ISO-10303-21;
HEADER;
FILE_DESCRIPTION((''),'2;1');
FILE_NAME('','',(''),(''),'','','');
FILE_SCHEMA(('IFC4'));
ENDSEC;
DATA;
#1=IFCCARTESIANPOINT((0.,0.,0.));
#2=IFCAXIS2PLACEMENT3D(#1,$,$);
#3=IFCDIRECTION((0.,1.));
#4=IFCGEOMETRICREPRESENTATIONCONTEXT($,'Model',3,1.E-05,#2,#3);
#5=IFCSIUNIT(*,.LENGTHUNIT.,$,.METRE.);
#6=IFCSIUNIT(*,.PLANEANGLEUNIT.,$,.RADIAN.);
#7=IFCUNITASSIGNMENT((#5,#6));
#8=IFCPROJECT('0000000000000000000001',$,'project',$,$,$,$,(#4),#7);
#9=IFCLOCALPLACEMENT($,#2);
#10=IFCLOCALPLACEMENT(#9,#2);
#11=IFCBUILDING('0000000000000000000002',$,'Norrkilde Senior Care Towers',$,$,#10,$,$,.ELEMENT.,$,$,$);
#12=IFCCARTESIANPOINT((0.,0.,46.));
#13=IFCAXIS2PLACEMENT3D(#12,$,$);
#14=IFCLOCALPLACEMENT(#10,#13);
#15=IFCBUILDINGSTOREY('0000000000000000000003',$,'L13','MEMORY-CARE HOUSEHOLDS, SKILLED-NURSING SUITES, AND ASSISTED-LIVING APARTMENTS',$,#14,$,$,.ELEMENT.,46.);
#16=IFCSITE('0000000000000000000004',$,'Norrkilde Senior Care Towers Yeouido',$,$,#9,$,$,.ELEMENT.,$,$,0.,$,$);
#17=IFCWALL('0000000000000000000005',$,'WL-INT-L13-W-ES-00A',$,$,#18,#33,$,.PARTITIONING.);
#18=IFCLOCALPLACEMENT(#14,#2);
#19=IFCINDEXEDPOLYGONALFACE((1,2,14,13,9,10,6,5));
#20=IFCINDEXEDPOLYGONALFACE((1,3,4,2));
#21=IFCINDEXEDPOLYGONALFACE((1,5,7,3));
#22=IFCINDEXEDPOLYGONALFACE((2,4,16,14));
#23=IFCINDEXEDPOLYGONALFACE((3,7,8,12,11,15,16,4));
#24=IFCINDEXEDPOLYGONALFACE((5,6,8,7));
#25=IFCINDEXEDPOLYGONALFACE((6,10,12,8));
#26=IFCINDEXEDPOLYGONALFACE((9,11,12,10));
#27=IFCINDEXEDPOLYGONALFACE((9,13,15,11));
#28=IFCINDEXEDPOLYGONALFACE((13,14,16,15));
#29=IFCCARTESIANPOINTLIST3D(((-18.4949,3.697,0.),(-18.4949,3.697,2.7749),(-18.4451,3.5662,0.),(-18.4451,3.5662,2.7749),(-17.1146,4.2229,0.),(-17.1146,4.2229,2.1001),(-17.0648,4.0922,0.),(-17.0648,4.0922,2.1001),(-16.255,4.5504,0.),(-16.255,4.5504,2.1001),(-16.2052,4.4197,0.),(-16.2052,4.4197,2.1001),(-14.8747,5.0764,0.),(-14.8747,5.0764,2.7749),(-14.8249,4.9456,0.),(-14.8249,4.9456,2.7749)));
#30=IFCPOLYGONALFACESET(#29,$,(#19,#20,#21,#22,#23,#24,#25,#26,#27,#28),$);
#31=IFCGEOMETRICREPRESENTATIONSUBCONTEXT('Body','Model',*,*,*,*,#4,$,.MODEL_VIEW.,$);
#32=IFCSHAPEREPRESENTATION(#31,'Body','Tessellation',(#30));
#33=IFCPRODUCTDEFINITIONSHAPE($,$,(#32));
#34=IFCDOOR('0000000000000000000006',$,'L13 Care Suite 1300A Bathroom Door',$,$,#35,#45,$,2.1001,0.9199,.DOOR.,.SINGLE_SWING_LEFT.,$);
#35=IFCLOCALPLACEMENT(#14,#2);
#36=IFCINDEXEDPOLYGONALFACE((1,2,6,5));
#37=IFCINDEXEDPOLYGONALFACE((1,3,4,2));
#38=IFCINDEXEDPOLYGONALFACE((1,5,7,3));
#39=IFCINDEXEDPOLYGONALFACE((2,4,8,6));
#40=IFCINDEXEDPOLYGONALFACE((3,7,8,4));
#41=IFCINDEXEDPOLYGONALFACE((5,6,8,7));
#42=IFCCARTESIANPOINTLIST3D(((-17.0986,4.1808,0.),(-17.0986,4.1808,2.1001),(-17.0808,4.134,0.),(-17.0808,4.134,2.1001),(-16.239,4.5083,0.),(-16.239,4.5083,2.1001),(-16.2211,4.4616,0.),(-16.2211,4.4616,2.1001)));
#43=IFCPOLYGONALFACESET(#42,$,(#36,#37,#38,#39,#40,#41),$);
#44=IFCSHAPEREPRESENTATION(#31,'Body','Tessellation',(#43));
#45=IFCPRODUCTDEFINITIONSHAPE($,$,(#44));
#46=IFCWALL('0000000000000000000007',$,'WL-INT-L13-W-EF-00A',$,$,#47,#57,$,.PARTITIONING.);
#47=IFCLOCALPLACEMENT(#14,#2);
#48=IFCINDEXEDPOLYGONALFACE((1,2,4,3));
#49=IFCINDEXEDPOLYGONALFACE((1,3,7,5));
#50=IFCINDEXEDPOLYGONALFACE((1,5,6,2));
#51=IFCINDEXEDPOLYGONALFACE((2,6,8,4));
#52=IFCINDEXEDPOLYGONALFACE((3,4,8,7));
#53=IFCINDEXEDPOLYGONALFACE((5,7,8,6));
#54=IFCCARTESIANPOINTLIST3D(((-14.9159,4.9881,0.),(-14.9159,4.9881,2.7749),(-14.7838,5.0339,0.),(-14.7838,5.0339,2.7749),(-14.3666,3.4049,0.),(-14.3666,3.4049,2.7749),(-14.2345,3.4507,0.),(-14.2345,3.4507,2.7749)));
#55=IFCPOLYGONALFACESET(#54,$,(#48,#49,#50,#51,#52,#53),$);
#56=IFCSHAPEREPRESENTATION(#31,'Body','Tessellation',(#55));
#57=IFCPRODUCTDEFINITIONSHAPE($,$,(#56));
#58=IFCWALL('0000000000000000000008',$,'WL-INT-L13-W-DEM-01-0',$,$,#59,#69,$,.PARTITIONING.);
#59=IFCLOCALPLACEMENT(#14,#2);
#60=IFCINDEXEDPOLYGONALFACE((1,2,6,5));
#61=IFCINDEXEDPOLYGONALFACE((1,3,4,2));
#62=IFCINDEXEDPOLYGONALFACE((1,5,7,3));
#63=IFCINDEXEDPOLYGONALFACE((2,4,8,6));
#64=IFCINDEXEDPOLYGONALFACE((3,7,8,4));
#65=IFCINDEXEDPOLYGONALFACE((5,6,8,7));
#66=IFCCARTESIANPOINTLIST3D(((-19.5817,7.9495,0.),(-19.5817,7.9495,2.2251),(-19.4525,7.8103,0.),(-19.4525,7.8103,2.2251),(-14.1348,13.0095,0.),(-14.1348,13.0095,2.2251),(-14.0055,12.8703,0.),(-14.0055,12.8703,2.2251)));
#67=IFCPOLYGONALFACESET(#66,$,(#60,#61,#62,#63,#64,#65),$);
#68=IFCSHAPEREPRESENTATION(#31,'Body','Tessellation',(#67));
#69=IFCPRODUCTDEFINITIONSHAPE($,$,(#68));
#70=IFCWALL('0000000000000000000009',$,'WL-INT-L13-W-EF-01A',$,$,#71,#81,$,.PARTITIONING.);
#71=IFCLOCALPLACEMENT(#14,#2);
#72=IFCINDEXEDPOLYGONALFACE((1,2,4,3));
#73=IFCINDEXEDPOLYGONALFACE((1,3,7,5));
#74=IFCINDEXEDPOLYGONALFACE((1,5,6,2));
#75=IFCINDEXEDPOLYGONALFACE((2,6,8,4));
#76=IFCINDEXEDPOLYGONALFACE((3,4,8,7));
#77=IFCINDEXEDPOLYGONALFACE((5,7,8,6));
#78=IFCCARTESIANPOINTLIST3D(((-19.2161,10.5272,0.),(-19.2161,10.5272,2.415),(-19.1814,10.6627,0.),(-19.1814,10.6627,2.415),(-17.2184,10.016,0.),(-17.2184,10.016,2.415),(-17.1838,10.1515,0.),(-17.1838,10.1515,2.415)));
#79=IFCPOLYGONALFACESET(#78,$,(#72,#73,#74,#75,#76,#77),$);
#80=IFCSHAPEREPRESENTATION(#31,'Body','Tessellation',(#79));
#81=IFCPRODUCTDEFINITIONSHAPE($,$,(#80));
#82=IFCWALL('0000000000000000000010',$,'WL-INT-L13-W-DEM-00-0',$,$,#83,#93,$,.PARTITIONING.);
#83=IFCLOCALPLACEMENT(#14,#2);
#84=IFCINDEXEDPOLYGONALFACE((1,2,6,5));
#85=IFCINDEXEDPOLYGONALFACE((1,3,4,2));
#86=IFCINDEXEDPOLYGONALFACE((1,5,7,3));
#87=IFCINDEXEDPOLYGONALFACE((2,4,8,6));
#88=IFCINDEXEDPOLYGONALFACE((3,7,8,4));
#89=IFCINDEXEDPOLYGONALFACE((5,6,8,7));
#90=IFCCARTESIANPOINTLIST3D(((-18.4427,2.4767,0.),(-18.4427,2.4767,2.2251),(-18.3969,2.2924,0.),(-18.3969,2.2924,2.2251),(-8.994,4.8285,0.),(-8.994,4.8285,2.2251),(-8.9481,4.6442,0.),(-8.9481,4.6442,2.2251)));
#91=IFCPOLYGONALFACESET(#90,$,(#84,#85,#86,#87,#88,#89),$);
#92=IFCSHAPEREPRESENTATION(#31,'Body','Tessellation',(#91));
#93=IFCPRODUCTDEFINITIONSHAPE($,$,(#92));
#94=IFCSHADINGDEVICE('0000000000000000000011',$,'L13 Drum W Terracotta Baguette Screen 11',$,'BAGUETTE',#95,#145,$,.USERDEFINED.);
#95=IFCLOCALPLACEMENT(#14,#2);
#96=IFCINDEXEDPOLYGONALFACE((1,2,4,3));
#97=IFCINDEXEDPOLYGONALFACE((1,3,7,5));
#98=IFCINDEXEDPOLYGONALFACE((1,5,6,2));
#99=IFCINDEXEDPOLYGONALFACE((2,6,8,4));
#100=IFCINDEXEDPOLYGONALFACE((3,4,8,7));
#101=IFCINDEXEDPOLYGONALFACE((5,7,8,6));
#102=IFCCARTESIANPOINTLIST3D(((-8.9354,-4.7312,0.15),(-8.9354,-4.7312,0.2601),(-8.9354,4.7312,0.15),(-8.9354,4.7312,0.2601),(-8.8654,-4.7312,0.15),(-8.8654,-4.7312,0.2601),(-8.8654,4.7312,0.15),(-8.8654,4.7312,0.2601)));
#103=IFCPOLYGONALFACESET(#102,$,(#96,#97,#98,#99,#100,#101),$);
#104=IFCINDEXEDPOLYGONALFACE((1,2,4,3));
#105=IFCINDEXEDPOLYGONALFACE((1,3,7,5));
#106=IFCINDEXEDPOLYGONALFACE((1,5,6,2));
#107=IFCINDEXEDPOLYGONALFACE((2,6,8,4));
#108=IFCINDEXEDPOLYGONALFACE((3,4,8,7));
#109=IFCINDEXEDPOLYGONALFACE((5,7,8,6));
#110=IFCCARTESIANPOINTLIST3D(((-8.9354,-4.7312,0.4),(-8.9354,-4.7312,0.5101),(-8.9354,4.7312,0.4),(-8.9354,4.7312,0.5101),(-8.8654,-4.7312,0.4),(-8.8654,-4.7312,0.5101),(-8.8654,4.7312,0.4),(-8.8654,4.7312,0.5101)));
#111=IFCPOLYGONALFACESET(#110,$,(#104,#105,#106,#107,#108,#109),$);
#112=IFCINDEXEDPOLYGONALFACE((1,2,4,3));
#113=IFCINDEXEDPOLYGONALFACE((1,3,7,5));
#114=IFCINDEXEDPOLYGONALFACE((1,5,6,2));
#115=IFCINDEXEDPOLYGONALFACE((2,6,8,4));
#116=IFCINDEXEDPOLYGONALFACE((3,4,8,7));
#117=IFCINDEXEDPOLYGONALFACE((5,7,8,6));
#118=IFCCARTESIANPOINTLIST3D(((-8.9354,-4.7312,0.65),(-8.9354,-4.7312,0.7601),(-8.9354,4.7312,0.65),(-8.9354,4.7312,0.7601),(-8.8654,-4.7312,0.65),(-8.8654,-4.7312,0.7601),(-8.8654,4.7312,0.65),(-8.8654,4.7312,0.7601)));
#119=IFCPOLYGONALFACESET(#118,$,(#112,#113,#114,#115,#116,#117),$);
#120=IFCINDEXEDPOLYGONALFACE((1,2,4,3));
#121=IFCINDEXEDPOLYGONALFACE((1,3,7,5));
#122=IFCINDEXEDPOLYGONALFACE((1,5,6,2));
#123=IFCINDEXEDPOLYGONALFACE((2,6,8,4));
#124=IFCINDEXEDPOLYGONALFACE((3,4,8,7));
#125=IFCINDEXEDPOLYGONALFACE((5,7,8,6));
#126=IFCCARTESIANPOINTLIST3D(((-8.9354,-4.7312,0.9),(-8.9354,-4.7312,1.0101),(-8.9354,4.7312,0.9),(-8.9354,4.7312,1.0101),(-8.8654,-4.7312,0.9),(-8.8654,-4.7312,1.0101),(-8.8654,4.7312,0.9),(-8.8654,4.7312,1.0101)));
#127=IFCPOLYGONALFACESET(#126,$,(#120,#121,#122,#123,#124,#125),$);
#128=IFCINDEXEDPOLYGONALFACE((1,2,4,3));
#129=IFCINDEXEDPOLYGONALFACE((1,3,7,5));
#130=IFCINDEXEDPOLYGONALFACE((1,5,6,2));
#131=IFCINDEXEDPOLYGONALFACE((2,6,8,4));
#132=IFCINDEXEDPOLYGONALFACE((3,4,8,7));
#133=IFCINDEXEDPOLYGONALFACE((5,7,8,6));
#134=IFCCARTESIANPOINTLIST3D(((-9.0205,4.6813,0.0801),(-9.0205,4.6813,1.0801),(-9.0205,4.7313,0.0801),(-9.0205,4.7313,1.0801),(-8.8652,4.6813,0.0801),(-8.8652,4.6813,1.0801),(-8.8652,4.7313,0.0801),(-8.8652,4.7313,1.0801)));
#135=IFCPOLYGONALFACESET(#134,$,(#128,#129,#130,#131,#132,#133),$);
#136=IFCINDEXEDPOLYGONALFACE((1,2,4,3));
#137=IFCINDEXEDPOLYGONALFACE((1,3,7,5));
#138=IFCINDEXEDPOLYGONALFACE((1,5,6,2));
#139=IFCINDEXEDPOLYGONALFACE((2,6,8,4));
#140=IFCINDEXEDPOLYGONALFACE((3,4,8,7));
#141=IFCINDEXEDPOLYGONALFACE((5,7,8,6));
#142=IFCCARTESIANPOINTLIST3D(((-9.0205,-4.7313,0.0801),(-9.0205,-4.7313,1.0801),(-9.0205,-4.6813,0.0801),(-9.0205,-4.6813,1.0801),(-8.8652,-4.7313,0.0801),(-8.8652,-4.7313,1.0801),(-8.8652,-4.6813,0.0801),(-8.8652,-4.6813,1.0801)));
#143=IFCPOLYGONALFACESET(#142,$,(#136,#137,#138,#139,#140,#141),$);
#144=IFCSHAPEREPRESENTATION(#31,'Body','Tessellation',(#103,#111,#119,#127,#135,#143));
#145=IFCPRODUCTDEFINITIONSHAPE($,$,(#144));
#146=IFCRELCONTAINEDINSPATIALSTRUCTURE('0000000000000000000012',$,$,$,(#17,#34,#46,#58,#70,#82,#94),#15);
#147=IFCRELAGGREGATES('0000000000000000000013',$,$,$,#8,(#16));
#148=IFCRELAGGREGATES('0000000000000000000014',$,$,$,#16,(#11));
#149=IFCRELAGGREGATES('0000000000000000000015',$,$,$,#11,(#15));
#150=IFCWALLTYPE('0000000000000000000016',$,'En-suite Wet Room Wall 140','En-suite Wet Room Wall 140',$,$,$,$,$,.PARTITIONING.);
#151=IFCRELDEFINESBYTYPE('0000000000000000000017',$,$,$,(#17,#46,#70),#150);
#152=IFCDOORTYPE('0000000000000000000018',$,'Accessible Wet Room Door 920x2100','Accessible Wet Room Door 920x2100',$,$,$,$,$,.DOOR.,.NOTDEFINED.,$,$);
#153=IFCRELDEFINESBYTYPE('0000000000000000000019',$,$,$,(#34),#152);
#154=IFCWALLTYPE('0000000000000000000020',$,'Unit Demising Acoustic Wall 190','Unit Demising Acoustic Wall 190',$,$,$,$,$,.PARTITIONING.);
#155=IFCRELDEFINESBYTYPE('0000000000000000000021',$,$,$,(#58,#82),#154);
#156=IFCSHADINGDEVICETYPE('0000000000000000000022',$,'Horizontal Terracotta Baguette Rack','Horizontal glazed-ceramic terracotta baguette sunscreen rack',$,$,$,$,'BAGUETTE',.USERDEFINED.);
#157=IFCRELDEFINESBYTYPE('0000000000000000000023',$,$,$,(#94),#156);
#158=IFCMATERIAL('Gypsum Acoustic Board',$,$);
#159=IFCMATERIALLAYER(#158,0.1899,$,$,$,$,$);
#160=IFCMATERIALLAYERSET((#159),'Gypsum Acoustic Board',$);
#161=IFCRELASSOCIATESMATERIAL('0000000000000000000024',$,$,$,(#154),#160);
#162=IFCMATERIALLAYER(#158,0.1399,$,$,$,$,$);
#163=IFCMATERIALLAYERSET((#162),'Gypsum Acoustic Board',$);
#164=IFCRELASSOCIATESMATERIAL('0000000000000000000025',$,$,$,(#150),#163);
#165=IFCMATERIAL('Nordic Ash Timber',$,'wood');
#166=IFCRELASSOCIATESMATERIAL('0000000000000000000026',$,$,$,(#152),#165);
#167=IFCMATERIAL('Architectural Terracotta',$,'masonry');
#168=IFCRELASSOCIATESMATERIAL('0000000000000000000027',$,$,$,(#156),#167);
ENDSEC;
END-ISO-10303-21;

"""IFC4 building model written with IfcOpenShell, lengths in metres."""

from ifc_helpers import new_model, si_unit, direction, frame, frame_2d, origin, origin_2d, place, context, subcontext, project, spatial, rectangle, extrude, source, transform, mapped, material, layer, layer_set, type_object, type_shapes, element, fill, save


model = new_model("IFC4")

# Units and contexts
model_context = context("Model", 3, precision=1e-05, world=origin(), true_north=direction((0.0, 1.0)))
body_context = subcontext(model_context, "Body", "Model", "MODEL_VIEW")
ifc_project = project(units=[si_unit("LENGTHUNIT", "METRE"), si_unit("PLANEANGLEUNIT", "RADIAN")], contexts=[model_context])

# Site, building, storey
site_placement = place(None, origin())
site = spatial("IfcSite", under=ifc_project, at=site_placement, Name="Norrkilde Senior Care Towers Yeouido", CompositionType="ELEMENT", RefElevation=0.0)
building_placement = place(site_placement, origin())
building = spatial("IfcBuilding", under=site, at=building_placement, Name="Norrkilde Senior Care Towers", CompositionType="ELEMENT")
storey_placement = place(building_placement, frame((0.0, 0.0, 46.0)))
storey = spatial("IfcBuildingStorey", under=building, at=storey_placement, Name="L13", Description="MEMORY-CARE HOUSEHOLDS, SKILLED-NURSING SUITES, AND ASSISTED-LIVING APARTMENTS", CompositionType="ELEMENT", Elevation=46.0)

# Shared definitions
ifc_material_1 = material(Name="Gypsum Acoustic Board")
ifc_material_2 = material(Name="Nordic Ash Timber", Category="wood")

# Shared definitions
ifc_layer_1 = layer(ifc_material_1, 0.1899)
ifc_layer_set_1 = layer_set([ifc_layer_1], Name="Gypsum Acoustic Board")
wall_type_1 = type_object("IfcWallType", Name="Unit Demising Acoustic Wall 190", Description="Unit Demising Acoustic Wall 190", PredefinedType="PARTITIONING", material=ifc_layer_set_1)

# Wall, opening, door
ifc_layer_2 = layer(ifc_material_1, 0.1399)
ifc_layer_set_2 = layer_set([ifc_layer_2], Name="Gypsum Acoustic Board")
wall_type_2 = type_object("IfcWallType", Name="En-suite Wet Room Wall 140", Description="En-suite Wet Room Wall 140", PredefinedType="PARTITIONING", material=ifc_layer_set_2)
shared_shape_1 = source(origin(), body_context, "Body", "SweptSolid", [
    extrude(rectangle(XDim=3.874, YDim=0.1399, at=frame_2d((1.937, 0.0))), origin(), (0.0, 0.0, 1.0), 2.7749),
])
wall_1_placement = place(storey_placement, frame((-18.47, 3.6316, 0.0), z_axis=(0.0, 0.0, 1.0), x_axis=(0.934462, 0.356063, 0.0)))
wall_1 = element("IfcWall", 1, at=wall_1_placement, inside=storey, type_object=wall_type_2, Name="WL-INT-L13-W-ES-00A", PredefinedType="PARTITIONING", context=body_context, shape_type="MappedRepresentation", body=[
    mapped(shared_shape_1, transform((0.0, 0.0, 0.0), x_axis=(1.0, 0.0, 0.0), y_axis=(0.0, 1.0, 0.0), z_axis=(0.0, 0.0, 1.0), scale=1.0)),
])
opening_1_placement = place(wall_1_placement, frame((1.4771, 0.0, 0.0)))
opening_1 = element("IfcOpeningElement", 2, at=opening_1_placement, cuts=wall_1, PredefinedType="OPENING", context=body_context, shape_type="SweptSolid", body=[
    extrude(rectangle(XDim=0.9199, YDim=2.1001, at=frame_2d((0.46, 1.05))), frame((0.0, 0.0798, 0.0), z_axis=(0.0, -1.0, 0.0), x_axis=(1.0, 0.0, 0.0)), (0.0, 0.0, 1.0), 0.1599),
])
door_type_1 = type_object("IfcDoorType", Name="Accessible Wet Room Door 920x2100", Description="Accessible Wet Room Door 920x2100", OperationType="NOTDEFINED", PredefinedType="DOOR", material=ifc_material_2)
shared_shape_2 = source(origin(), body_context, "Body", "SweptSolid", [
    extrude(rectangle(XDim=0.9199, YDim=2.1001, at=frame_2d((0.46, 1.05))), frame((0.0, 0.0249, 0.0), z_axis=(0.0, -1.0, 0.0), x_axis=(1.0, 0.0, 0.0)), (0.0, 0.0, 1.0), 0.05),
])
type_shapes(door_type_1, [shared_shape_2])
door_1_placement = place(opening_1_placement, origin())
door_1 = element("IfcDoor", 3, at=door_1_placement, inside=storey, type_object=door_type_1, Name="L13 Care Suite 1300A Bathroom Door", OperationType="SINGLE_SWING_LEFT", OverallHeight=2.1001, OverallWidth=0.9199, PredefinedType="DOOR", context=body_context, shape_type="MappedRepresentation", body=[
    mapped(shared_shape_2, transform((0.0, 0.0, 0.0), x_axis=(1.0, 0.0, 0.0), y_axis=(0.0, 1.0, 0.0), z_axis=(0.0, 0.0, 1.0), scale=1.0)),
])
fill(opening_1, door_1)

# Walls
shared_shape_3 = source(origin(), body_context, "Body", "SweptSolid", [
    extrude(rectangle(XDim=1.6758, YDim=0.1399, at=frame_2d((0.8379, 0.0))), origin(), (0.0, 0.0, 1.0), 2.7749),
])
wall_2_placement = place(storey_placement, frame((-14.8499, 5.011, 0.0), z_axis=(0.0, 0.0, 1.0), x_axis=(0.327786, -0.944752, 0.0)))
element("IfcWall", 4, at=wall_2_placement, inside=storey, type_object=wall_type_2, Name="WL-INT-L13-W-EF-00A", PredefinedType="PARTITIONING", context=body_context, shape_type="MappedRepresentation", body=[
    mapped(shared_shape_3, transform((0.0, 0.0, 0.0), x_axis=(1.0, 0.0, 0.0), y_axis=(0.0, 1.0, 0.0), z_axis=(0.0, 0.0, 1.0), scale=1.0)),
])
shared_shape_4 = source(origin(), body_context, "Body", "SweptSolid", [
    extrude(rectangle(XDim=7.4346, YDim=0.1899, at=frame_2d((3.7173, 0.0))), origin(), (0.0, 0.0, 1.0), 2.2251),
])
wall_3_placement = place(storey_placement, frame((-19.5171, 7.8799, 0.0), z_axis=(0.0, 0.0, 1.0), x_axis=(0.732652, 0.680603, 0.0)))
element("IfcWall", 5, at=wall_3_placement, inside=storey, type_object=wall_type_1, Name="WL-INT-L13-W-DEM-01-0", PredefinedType="PARTITIONING", context=body_context, shape_type="MappedRepresentation", body=[
    mapped(shared_shape_4, transform((0.0, 0.0, 0.0), x_axis=(1.0, 0.0, 0.0), y_axis=(0.0, 1.0, 0.0), z_axis=(0.0, 0.0, 1.0), scale=1.0)),
])
shared_shape_5 = source(origin(), body_context, "Body", "SweptSolid", [
    extrude(rectangle(XDim=2.062, YDim=0.1399, at=frame_2d((1.031, 0.0))), origin(), (0.0, 0.0, 1.0), 2.415),
])
type_shapes(wall_type_2, [shared_shape_1, shared_shape_3, shared_shape_5])
wall_4_placement = place(storey_placement, frame((-19.1987, 10.595, 0.0), z_axis=(0.0, 0.0, 1.0), x_axis=(0.968776, -0.247937, 0.0)))
element("IfcWall", 6, at=wall_4_placement, inside=storey, type_object=wall_type_2, Name="WL-INT-L13-W-EF-01A", PredefinedType="PARTITIONING", context=body_context, shape_type="MappedRepresentation", body=[
    mapped(shared_shape_5, transform((0.0, 0.0, 0.0), x_axis=(1.0, 0.0, 0.0), y_axis=(0.0, 1.0, 0.0), z_axis=(0.0, 0.0, 1.0), scale=1.0)),
])
shared_shape_6 = source(origin(), body_context, "Body", "SweptSolid", [
    extrude(rectangle(XDim=9.7371, YDim=0.1899, at=frame_2d((4.8687, 0.0))), origin(), (0.0, 0.0, 1.0), 2.2251),
])
wall_5_placement = place(storey_placement, frame((-18.4199, 2.3845, 0.0), z_axis=(0.0, 0.0, 1.0), x_axis=(0.970393, 0.241533, 0.0)))
element("IfcWall", 7, at=wall_5_placement, inside=storey, type_object=wall_type_1, Name="WL-INT-L13-W-DEM-00-0", PredefinedType="PARTITIONING", context=body_context, shape_type="MappedRepresentation", body=[
    mapped(shared_shape_6, transform((0.0, 0.0, 0.0), x_axis=(1.0, 0.0, 0.0), y_axis=(0.0, 1.0, 0.0), z_axis=(0.0, 0.0, 1.0), scale=1.0)),
])

# Shading device
ifc_material_3 = material(Name="Architectural Terracotta", Category="masonry")
shading_device_type = type_object("IfcShadingDeviceType", Name="Horizontal Terracotta Baguette Rack", Description="Horizontal glazed-ceramic terracotta baguette sunscreen rack", ElementType="BAGUETTE", PredefinedType="USERDEFINED", material=ifc_material_3)
shared_shape_7 = source(origin(), body_context, "Body", "SweptSolid", [
    extrude(rectangle(XDim=0.0701, YDim=0.1101, at=origin_2d()), frame((0.0, 0.0901, 0.125), z_axis=(1.0, 0.0, 0.0), x_axis=(0.0, 1.0, 0.0)), (0.0, 0.0, 1.0), 9.4624),
    extrude(rectangle(XDim=0.0701, YDim=0.1101, at=origin_2d()), frame((0.0, 0.0901, 0.375), z_axis=(1.0, 0.0, 0.0), x_axis=(0.0, 1.0, 0.0)), (0.0, 0.0, 1.0), 9.4624),
    extrude(rectangle(XDim=0.0701, YDim=0.1101, at=origin_2d()), frame((0.0, 0.0901, 0.625), z_axis=(1.0, 0.0, 0.0), x_axis=(0.0, 1.0, 0.0)), (0.0, 0.0, 1.0), 9.4624),
    extrude(rectangle(XDim=0.0701, YDim=0.1101, at=origin_2d()), frame((0.0, 0.0901, 0.875), z_axis=(1.0, 0.0, 0.0), x_axis=(0.0, 1.0, 0.0)), (0.0, 0.0, 1.0), 9.4624),
    extrude(rectangle(XDim=0.05, YDim=0.1553, at=origin_2d()), frame((0.0249, 0.0476, 0.0)), (0.0, 0.0, 1.0), 1.0),
    extrude(rectangle(XDim=0.05, YDim=0.1553, at=origin_2d()), frame((9.4375, 0.0476, 0.0)), (0.0, 0.0, 1.0), 1.0),
])
type_shapes(shading_device_type, [shared_shape_7])
shading_device_placement = place(storey_placement, frame((-8.9905, 4.7312, 0.0801), z_axis=(0.0, 0.0, 1.0), x_axis=(0.0, -1.0, 0.0)))
element("IfcShadingDevice", 8, at=shading_device_placement, inside=storey, type_object=shading_device_type, Name="L13 Drum W Terracotta Baguette Screen 11", ObjectType="BAGUETTE", PredefinedType="USERDEFINED", context=body_context, shape_type="MappedRepresentation", body=[
    mapped(shared_shape_7, transform((0.0, 0.0, 0.0), x_axis=(1.0, 0.0, 0.0), y_axis=(0.0, 1.0, 0.0), z_axis=(0.0, 0.0, 1.0), scale=1.0)),
])

save(model, "model.ifc")
